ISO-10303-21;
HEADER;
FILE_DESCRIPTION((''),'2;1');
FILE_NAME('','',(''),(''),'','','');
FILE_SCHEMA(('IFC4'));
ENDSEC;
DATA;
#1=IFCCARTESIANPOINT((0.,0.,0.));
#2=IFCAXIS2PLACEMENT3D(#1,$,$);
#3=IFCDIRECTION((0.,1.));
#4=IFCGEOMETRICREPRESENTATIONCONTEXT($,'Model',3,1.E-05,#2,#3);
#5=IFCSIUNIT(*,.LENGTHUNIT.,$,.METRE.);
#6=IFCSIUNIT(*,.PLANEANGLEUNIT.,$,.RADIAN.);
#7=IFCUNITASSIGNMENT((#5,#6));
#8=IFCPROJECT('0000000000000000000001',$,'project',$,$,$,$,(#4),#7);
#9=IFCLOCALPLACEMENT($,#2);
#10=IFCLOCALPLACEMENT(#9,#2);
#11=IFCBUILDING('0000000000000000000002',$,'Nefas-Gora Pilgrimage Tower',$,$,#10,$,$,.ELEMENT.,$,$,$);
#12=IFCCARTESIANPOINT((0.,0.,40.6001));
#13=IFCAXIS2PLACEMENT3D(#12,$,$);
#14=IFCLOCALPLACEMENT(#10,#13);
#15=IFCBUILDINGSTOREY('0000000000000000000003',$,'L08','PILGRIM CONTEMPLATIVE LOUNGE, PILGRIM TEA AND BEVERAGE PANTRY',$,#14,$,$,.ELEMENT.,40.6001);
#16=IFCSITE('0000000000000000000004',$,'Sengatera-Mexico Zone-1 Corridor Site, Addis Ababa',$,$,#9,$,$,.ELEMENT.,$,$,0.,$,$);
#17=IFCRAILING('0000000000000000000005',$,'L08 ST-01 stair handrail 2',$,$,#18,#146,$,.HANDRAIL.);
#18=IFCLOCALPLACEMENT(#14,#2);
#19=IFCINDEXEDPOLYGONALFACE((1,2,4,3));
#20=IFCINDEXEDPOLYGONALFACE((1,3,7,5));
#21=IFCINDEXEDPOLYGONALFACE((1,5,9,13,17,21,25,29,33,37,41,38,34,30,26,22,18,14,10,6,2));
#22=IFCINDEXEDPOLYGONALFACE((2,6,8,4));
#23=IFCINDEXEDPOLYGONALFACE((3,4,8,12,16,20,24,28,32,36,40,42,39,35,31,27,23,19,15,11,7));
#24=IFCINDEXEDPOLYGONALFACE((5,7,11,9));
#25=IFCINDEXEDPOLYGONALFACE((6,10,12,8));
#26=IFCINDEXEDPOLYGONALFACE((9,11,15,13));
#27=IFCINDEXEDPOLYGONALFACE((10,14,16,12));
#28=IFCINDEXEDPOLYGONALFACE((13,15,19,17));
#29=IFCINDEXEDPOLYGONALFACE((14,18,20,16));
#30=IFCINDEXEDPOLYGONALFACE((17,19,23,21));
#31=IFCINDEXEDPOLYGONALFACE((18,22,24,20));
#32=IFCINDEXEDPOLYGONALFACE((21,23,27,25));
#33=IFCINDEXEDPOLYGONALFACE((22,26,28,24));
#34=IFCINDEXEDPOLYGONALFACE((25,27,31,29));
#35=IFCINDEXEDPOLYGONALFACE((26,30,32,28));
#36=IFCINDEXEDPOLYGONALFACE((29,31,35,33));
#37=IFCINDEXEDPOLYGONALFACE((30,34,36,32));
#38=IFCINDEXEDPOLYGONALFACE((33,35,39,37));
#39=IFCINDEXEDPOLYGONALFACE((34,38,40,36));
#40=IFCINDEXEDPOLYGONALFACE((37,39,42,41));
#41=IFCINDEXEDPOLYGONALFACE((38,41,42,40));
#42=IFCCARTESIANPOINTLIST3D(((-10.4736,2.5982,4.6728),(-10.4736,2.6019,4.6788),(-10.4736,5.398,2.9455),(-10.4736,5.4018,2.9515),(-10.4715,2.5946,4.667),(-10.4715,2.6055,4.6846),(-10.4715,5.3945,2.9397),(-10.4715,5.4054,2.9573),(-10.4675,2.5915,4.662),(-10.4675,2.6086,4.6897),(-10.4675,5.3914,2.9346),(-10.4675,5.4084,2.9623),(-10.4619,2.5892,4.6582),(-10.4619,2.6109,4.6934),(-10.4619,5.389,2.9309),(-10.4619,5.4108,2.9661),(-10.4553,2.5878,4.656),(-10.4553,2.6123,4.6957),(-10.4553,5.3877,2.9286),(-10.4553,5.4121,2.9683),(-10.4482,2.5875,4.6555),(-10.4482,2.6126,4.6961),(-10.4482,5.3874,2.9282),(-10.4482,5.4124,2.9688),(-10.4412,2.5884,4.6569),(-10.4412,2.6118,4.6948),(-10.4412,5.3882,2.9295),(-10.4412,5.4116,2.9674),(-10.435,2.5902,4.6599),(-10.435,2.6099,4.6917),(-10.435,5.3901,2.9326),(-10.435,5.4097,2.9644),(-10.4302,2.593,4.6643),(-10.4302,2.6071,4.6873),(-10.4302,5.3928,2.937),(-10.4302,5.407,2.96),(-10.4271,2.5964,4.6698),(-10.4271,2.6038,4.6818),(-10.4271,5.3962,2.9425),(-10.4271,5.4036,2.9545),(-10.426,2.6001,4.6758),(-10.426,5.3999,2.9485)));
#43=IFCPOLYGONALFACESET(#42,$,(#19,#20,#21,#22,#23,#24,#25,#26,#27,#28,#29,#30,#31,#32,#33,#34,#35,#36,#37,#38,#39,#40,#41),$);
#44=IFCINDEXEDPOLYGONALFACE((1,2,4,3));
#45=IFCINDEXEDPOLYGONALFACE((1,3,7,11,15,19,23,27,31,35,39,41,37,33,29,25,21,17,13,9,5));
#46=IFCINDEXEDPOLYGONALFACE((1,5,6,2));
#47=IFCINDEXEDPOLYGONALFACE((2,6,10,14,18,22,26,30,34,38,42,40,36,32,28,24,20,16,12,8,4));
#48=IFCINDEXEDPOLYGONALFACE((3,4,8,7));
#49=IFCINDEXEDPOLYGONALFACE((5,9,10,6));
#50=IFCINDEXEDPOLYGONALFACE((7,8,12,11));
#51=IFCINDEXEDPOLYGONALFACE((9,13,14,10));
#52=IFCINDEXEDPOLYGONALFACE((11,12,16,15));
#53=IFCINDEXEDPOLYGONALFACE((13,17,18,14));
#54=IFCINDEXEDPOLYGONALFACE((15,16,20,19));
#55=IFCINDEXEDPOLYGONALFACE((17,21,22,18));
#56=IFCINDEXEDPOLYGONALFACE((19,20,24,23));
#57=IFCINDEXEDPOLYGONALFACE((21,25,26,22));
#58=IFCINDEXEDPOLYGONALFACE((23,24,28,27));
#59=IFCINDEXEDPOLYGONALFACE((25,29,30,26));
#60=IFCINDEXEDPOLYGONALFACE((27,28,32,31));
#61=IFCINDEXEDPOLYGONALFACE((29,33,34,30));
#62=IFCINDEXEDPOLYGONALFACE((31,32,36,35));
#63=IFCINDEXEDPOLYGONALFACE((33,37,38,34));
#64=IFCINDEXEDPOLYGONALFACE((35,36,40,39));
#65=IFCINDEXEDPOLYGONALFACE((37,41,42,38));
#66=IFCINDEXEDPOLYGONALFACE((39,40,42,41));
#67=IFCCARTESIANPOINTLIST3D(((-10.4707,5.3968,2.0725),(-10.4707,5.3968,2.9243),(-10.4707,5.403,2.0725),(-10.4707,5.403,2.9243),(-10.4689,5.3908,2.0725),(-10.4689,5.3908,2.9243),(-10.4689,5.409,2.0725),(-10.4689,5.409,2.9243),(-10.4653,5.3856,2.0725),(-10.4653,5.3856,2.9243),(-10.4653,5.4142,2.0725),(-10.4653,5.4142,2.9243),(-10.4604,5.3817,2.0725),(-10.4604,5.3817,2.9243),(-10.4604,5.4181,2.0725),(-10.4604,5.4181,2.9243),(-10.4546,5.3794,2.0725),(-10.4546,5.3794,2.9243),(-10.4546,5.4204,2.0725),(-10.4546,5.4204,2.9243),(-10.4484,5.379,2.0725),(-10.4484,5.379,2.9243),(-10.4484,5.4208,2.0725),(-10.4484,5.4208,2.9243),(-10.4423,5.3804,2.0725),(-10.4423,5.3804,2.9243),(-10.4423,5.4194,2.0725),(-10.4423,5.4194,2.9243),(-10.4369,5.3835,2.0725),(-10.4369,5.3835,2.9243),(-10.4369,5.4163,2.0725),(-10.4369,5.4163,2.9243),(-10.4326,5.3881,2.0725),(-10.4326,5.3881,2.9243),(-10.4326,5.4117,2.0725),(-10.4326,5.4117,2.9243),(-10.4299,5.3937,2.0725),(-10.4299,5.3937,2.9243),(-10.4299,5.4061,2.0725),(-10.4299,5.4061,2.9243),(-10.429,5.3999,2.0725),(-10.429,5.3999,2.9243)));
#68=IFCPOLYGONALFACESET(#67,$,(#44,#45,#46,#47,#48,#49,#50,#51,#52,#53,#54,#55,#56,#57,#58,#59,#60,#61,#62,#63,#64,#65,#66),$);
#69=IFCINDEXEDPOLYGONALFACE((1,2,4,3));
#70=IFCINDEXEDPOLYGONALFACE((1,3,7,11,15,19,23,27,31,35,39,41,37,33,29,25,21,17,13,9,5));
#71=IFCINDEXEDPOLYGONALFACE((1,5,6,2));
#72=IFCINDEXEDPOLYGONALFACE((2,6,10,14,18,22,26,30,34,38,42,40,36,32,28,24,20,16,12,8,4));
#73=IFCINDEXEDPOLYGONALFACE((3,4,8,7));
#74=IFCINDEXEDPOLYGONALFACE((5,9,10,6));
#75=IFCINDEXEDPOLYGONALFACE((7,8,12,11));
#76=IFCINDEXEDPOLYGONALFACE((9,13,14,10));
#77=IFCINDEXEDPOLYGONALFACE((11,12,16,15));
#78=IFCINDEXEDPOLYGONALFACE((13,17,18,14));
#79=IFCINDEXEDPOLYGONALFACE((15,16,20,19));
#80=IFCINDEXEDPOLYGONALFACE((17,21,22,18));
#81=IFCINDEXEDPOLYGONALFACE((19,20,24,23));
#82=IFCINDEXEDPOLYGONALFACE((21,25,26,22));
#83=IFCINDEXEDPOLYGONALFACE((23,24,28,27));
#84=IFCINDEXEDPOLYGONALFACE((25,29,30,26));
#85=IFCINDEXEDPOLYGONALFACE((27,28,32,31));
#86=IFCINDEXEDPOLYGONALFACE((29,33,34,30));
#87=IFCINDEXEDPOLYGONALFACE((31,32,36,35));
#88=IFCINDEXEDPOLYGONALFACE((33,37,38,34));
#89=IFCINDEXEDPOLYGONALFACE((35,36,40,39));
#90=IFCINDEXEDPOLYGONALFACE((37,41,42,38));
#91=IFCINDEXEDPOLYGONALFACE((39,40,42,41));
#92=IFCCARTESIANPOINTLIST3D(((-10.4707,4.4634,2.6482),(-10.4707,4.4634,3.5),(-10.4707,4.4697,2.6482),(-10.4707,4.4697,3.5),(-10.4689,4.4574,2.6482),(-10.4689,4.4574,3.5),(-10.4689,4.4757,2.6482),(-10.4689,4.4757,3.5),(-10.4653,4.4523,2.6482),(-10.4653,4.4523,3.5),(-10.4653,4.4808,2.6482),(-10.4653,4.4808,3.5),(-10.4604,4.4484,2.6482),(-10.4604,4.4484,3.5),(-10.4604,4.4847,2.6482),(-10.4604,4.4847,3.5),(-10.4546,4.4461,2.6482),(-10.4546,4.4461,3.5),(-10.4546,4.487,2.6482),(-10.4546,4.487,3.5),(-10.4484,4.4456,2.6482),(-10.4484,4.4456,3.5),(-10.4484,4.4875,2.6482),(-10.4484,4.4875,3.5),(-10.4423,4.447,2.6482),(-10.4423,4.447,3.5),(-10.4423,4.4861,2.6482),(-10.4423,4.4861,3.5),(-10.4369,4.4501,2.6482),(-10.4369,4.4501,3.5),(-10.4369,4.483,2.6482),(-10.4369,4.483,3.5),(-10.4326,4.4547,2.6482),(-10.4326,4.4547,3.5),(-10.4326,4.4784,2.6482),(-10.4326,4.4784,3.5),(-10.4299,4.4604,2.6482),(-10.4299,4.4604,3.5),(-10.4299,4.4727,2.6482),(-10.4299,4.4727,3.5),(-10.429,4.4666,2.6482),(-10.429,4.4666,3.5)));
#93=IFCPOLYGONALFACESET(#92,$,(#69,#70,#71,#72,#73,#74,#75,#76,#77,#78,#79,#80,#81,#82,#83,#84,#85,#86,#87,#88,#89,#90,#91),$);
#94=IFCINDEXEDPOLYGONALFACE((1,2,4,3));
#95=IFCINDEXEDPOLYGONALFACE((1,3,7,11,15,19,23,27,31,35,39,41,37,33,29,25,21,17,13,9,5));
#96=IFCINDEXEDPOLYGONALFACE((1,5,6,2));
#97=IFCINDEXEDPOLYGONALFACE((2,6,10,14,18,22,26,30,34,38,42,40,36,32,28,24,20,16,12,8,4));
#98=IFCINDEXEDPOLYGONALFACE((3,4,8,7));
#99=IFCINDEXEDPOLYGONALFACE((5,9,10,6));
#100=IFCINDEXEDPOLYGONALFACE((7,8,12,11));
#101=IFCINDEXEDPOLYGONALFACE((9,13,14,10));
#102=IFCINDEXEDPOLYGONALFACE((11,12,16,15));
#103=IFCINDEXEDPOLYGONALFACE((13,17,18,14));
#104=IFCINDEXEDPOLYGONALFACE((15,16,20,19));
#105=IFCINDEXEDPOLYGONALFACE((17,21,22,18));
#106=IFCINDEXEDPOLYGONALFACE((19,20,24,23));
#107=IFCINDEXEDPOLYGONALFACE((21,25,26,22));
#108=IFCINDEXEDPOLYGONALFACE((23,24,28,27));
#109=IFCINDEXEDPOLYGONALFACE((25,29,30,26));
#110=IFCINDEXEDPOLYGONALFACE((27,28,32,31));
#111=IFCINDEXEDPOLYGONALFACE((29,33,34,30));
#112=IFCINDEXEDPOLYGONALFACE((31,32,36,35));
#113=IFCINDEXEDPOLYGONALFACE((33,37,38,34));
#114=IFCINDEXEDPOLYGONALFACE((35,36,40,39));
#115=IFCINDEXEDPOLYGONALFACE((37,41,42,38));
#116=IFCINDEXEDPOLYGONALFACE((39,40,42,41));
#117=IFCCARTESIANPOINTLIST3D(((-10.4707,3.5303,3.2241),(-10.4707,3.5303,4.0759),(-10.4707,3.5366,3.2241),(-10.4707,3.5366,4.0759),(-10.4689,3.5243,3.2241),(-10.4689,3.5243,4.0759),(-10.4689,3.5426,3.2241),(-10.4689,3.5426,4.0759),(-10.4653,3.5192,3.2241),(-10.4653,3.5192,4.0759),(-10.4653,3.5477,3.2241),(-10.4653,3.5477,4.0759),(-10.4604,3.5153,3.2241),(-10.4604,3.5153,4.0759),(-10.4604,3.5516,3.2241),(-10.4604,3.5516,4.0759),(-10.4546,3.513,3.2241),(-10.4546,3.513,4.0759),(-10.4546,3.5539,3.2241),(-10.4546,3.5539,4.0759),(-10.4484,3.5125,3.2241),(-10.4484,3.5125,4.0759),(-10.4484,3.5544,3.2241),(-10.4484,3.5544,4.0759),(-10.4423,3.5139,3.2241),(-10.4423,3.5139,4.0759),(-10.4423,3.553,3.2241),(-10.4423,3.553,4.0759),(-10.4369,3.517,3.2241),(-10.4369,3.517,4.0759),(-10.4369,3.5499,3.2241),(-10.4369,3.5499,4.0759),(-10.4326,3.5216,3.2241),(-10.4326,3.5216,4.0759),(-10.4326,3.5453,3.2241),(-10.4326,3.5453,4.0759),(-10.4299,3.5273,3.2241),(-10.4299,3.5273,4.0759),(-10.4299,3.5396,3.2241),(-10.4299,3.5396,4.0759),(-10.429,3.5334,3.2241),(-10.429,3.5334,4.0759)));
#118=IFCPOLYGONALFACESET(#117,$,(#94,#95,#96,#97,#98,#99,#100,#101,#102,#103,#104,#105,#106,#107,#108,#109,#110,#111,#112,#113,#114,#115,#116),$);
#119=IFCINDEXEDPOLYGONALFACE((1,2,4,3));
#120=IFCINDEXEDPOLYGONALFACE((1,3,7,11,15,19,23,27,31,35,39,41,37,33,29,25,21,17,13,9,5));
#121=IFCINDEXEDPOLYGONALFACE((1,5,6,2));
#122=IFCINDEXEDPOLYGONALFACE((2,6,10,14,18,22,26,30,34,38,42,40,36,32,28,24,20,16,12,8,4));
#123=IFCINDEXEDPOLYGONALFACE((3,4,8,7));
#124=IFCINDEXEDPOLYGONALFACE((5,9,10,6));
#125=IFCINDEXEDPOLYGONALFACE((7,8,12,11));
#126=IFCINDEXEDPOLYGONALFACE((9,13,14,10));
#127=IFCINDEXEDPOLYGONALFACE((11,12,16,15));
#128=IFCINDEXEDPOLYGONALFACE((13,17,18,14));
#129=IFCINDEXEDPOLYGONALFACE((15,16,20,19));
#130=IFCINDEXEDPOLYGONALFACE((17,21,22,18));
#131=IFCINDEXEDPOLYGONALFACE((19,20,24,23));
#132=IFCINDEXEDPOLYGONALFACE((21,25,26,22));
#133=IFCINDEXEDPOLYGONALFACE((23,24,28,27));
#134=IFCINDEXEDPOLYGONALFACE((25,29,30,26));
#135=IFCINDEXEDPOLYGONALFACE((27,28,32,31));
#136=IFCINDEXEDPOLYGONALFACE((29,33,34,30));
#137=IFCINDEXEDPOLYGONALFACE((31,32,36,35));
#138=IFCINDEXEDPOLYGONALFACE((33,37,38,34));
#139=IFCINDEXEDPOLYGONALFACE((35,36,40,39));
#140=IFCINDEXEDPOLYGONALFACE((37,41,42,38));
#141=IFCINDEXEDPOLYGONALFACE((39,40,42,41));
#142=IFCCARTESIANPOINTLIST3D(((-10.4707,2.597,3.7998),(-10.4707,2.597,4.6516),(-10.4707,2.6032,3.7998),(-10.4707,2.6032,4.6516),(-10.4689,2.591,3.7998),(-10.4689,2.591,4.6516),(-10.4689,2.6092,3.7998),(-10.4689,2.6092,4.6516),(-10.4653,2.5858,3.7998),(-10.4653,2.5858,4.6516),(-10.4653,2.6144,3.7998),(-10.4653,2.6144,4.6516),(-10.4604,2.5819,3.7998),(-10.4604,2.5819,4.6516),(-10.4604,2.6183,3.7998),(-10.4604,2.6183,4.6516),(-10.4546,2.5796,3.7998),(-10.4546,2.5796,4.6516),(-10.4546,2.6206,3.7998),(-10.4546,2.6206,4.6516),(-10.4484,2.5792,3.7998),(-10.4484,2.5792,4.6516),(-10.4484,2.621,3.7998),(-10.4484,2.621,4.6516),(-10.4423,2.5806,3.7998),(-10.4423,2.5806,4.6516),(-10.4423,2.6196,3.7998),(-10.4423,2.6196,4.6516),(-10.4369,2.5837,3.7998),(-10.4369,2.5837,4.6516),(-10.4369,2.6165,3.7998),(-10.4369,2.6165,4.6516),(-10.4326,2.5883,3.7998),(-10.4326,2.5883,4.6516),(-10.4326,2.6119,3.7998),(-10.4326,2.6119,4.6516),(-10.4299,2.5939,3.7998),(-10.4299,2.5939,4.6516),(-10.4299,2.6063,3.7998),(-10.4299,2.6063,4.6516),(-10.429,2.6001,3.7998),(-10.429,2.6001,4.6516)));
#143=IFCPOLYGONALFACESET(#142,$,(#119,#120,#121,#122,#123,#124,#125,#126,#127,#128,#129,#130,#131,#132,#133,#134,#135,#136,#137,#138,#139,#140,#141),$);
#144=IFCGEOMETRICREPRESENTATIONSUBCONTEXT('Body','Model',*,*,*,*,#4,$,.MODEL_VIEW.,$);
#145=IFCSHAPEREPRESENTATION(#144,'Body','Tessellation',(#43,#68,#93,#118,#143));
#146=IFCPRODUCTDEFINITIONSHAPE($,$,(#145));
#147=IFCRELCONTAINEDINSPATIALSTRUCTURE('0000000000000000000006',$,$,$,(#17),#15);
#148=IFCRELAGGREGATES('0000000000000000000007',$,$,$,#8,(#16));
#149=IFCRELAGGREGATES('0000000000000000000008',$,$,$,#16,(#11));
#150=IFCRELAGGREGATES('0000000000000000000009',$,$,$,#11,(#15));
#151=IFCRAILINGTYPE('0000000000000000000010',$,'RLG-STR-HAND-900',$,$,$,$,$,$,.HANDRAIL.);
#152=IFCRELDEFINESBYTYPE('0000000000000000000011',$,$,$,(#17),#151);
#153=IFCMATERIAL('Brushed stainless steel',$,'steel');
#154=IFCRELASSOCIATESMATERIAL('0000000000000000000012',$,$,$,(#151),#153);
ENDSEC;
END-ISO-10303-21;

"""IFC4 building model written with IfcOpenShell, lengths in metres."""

from ifc_helpers import new_model, si_unit, direction, frame, origin, origin_2d, place, context, subcontext, project, spatial, circle, extrude, material, type_object, element, save


model = new_model("IFC4")

# Units and contexts
model_context = context("Model", 3, precision=1e-05, world=origin(), true_north=direction((0.0, 1.0)))
body_context = subcontext(model_context, "Body", "Model", "MODEL_VIEW")
ifc_project = project(units=[si_unit("LENGTHUNIT", "METRE"), si_unit("PLANEANGLEUNIT", "RADIAN")], contexts=[model_context])

# Site, building, storey
site_placement = place(None, origin())
site = spatial("IfcSite", under=ifc_project, at=site_placement, Name="Sengatera-Mexico Zone-1 Corridor Site, Addis Ababa", CompositionType="ELEMENT", RefElevation=0.0)
building_placement = place(site_placement, origin())
building = spatial("IfcBuilding", under=site, at=building_placement, Name="Nefas-Gora Pilgrimage Tower", CompositionType="ELEMENT")
storey_placement = place(building_placement, frame((0.0, 0.0, 40.6001)))
storey = spatial("IfcBuildingStorey", under=building, at=storey_placement, Name="L08", Description="PILGRIM CONTEMPLATIVE LOUNGE, PILGRIM TEA AND BEVERAGE PANTRY", CompositionType="ELEMENT", Elevation=40.6001)

# Railing
ifc_material_1 = material(Name="Brushed stainless steel", Category="steel")
railing_type_1 = type_object("IfcRailingType", Name="RLG-STR-HAND-900", PredefinedType="HANDRAIL", material=ifc_material_1)
railing_1_placement = place(storey_placement, frame((-10.45, 5.3999, 2.0725)))
element("IfcRailing", 1, at=railing_1_placement, inside=storey, type_object=railing_type_1, Name="L08 ST-01 stair handrail 2", PredefinedType="HANDRAIL", context=body_context, shape_type="SweptSolid", body=[
    extrude(circle(Radius=0.0239, at=origin_2d()), frame((0.0, 0.0, 0.876), z_axis=(0.0, -0.851069, 0.525054), x_axis=(1.0, 0.0, 0.0)), (0.0, 0.0, 1.0), 3.2898),
    extrude(circle(Radius=0.021, at=origin_2d()), origin(), (0.0, 0.0, 1.0), 0.8518),
    extrude(circle(Radius=0.021, at=origin_2d()), frame((0.0, -0.9333, 0.5757)), (0.0, 0.0, 1.0), 0.8518),
    extrude(circle(Radius=0.021, at=origin_2d()), frame((0.0, -1.8665, 1.1516)), (0.0, 0.0, 1.0), 0.8518),
    extrude(circle(Radius=0.021, at=origin_2d()), frame((0.0, -2.7998, 1.7273)), (0.0, 0.0, 1.0), 0.8518),
])

save(model, "model.ifc")
